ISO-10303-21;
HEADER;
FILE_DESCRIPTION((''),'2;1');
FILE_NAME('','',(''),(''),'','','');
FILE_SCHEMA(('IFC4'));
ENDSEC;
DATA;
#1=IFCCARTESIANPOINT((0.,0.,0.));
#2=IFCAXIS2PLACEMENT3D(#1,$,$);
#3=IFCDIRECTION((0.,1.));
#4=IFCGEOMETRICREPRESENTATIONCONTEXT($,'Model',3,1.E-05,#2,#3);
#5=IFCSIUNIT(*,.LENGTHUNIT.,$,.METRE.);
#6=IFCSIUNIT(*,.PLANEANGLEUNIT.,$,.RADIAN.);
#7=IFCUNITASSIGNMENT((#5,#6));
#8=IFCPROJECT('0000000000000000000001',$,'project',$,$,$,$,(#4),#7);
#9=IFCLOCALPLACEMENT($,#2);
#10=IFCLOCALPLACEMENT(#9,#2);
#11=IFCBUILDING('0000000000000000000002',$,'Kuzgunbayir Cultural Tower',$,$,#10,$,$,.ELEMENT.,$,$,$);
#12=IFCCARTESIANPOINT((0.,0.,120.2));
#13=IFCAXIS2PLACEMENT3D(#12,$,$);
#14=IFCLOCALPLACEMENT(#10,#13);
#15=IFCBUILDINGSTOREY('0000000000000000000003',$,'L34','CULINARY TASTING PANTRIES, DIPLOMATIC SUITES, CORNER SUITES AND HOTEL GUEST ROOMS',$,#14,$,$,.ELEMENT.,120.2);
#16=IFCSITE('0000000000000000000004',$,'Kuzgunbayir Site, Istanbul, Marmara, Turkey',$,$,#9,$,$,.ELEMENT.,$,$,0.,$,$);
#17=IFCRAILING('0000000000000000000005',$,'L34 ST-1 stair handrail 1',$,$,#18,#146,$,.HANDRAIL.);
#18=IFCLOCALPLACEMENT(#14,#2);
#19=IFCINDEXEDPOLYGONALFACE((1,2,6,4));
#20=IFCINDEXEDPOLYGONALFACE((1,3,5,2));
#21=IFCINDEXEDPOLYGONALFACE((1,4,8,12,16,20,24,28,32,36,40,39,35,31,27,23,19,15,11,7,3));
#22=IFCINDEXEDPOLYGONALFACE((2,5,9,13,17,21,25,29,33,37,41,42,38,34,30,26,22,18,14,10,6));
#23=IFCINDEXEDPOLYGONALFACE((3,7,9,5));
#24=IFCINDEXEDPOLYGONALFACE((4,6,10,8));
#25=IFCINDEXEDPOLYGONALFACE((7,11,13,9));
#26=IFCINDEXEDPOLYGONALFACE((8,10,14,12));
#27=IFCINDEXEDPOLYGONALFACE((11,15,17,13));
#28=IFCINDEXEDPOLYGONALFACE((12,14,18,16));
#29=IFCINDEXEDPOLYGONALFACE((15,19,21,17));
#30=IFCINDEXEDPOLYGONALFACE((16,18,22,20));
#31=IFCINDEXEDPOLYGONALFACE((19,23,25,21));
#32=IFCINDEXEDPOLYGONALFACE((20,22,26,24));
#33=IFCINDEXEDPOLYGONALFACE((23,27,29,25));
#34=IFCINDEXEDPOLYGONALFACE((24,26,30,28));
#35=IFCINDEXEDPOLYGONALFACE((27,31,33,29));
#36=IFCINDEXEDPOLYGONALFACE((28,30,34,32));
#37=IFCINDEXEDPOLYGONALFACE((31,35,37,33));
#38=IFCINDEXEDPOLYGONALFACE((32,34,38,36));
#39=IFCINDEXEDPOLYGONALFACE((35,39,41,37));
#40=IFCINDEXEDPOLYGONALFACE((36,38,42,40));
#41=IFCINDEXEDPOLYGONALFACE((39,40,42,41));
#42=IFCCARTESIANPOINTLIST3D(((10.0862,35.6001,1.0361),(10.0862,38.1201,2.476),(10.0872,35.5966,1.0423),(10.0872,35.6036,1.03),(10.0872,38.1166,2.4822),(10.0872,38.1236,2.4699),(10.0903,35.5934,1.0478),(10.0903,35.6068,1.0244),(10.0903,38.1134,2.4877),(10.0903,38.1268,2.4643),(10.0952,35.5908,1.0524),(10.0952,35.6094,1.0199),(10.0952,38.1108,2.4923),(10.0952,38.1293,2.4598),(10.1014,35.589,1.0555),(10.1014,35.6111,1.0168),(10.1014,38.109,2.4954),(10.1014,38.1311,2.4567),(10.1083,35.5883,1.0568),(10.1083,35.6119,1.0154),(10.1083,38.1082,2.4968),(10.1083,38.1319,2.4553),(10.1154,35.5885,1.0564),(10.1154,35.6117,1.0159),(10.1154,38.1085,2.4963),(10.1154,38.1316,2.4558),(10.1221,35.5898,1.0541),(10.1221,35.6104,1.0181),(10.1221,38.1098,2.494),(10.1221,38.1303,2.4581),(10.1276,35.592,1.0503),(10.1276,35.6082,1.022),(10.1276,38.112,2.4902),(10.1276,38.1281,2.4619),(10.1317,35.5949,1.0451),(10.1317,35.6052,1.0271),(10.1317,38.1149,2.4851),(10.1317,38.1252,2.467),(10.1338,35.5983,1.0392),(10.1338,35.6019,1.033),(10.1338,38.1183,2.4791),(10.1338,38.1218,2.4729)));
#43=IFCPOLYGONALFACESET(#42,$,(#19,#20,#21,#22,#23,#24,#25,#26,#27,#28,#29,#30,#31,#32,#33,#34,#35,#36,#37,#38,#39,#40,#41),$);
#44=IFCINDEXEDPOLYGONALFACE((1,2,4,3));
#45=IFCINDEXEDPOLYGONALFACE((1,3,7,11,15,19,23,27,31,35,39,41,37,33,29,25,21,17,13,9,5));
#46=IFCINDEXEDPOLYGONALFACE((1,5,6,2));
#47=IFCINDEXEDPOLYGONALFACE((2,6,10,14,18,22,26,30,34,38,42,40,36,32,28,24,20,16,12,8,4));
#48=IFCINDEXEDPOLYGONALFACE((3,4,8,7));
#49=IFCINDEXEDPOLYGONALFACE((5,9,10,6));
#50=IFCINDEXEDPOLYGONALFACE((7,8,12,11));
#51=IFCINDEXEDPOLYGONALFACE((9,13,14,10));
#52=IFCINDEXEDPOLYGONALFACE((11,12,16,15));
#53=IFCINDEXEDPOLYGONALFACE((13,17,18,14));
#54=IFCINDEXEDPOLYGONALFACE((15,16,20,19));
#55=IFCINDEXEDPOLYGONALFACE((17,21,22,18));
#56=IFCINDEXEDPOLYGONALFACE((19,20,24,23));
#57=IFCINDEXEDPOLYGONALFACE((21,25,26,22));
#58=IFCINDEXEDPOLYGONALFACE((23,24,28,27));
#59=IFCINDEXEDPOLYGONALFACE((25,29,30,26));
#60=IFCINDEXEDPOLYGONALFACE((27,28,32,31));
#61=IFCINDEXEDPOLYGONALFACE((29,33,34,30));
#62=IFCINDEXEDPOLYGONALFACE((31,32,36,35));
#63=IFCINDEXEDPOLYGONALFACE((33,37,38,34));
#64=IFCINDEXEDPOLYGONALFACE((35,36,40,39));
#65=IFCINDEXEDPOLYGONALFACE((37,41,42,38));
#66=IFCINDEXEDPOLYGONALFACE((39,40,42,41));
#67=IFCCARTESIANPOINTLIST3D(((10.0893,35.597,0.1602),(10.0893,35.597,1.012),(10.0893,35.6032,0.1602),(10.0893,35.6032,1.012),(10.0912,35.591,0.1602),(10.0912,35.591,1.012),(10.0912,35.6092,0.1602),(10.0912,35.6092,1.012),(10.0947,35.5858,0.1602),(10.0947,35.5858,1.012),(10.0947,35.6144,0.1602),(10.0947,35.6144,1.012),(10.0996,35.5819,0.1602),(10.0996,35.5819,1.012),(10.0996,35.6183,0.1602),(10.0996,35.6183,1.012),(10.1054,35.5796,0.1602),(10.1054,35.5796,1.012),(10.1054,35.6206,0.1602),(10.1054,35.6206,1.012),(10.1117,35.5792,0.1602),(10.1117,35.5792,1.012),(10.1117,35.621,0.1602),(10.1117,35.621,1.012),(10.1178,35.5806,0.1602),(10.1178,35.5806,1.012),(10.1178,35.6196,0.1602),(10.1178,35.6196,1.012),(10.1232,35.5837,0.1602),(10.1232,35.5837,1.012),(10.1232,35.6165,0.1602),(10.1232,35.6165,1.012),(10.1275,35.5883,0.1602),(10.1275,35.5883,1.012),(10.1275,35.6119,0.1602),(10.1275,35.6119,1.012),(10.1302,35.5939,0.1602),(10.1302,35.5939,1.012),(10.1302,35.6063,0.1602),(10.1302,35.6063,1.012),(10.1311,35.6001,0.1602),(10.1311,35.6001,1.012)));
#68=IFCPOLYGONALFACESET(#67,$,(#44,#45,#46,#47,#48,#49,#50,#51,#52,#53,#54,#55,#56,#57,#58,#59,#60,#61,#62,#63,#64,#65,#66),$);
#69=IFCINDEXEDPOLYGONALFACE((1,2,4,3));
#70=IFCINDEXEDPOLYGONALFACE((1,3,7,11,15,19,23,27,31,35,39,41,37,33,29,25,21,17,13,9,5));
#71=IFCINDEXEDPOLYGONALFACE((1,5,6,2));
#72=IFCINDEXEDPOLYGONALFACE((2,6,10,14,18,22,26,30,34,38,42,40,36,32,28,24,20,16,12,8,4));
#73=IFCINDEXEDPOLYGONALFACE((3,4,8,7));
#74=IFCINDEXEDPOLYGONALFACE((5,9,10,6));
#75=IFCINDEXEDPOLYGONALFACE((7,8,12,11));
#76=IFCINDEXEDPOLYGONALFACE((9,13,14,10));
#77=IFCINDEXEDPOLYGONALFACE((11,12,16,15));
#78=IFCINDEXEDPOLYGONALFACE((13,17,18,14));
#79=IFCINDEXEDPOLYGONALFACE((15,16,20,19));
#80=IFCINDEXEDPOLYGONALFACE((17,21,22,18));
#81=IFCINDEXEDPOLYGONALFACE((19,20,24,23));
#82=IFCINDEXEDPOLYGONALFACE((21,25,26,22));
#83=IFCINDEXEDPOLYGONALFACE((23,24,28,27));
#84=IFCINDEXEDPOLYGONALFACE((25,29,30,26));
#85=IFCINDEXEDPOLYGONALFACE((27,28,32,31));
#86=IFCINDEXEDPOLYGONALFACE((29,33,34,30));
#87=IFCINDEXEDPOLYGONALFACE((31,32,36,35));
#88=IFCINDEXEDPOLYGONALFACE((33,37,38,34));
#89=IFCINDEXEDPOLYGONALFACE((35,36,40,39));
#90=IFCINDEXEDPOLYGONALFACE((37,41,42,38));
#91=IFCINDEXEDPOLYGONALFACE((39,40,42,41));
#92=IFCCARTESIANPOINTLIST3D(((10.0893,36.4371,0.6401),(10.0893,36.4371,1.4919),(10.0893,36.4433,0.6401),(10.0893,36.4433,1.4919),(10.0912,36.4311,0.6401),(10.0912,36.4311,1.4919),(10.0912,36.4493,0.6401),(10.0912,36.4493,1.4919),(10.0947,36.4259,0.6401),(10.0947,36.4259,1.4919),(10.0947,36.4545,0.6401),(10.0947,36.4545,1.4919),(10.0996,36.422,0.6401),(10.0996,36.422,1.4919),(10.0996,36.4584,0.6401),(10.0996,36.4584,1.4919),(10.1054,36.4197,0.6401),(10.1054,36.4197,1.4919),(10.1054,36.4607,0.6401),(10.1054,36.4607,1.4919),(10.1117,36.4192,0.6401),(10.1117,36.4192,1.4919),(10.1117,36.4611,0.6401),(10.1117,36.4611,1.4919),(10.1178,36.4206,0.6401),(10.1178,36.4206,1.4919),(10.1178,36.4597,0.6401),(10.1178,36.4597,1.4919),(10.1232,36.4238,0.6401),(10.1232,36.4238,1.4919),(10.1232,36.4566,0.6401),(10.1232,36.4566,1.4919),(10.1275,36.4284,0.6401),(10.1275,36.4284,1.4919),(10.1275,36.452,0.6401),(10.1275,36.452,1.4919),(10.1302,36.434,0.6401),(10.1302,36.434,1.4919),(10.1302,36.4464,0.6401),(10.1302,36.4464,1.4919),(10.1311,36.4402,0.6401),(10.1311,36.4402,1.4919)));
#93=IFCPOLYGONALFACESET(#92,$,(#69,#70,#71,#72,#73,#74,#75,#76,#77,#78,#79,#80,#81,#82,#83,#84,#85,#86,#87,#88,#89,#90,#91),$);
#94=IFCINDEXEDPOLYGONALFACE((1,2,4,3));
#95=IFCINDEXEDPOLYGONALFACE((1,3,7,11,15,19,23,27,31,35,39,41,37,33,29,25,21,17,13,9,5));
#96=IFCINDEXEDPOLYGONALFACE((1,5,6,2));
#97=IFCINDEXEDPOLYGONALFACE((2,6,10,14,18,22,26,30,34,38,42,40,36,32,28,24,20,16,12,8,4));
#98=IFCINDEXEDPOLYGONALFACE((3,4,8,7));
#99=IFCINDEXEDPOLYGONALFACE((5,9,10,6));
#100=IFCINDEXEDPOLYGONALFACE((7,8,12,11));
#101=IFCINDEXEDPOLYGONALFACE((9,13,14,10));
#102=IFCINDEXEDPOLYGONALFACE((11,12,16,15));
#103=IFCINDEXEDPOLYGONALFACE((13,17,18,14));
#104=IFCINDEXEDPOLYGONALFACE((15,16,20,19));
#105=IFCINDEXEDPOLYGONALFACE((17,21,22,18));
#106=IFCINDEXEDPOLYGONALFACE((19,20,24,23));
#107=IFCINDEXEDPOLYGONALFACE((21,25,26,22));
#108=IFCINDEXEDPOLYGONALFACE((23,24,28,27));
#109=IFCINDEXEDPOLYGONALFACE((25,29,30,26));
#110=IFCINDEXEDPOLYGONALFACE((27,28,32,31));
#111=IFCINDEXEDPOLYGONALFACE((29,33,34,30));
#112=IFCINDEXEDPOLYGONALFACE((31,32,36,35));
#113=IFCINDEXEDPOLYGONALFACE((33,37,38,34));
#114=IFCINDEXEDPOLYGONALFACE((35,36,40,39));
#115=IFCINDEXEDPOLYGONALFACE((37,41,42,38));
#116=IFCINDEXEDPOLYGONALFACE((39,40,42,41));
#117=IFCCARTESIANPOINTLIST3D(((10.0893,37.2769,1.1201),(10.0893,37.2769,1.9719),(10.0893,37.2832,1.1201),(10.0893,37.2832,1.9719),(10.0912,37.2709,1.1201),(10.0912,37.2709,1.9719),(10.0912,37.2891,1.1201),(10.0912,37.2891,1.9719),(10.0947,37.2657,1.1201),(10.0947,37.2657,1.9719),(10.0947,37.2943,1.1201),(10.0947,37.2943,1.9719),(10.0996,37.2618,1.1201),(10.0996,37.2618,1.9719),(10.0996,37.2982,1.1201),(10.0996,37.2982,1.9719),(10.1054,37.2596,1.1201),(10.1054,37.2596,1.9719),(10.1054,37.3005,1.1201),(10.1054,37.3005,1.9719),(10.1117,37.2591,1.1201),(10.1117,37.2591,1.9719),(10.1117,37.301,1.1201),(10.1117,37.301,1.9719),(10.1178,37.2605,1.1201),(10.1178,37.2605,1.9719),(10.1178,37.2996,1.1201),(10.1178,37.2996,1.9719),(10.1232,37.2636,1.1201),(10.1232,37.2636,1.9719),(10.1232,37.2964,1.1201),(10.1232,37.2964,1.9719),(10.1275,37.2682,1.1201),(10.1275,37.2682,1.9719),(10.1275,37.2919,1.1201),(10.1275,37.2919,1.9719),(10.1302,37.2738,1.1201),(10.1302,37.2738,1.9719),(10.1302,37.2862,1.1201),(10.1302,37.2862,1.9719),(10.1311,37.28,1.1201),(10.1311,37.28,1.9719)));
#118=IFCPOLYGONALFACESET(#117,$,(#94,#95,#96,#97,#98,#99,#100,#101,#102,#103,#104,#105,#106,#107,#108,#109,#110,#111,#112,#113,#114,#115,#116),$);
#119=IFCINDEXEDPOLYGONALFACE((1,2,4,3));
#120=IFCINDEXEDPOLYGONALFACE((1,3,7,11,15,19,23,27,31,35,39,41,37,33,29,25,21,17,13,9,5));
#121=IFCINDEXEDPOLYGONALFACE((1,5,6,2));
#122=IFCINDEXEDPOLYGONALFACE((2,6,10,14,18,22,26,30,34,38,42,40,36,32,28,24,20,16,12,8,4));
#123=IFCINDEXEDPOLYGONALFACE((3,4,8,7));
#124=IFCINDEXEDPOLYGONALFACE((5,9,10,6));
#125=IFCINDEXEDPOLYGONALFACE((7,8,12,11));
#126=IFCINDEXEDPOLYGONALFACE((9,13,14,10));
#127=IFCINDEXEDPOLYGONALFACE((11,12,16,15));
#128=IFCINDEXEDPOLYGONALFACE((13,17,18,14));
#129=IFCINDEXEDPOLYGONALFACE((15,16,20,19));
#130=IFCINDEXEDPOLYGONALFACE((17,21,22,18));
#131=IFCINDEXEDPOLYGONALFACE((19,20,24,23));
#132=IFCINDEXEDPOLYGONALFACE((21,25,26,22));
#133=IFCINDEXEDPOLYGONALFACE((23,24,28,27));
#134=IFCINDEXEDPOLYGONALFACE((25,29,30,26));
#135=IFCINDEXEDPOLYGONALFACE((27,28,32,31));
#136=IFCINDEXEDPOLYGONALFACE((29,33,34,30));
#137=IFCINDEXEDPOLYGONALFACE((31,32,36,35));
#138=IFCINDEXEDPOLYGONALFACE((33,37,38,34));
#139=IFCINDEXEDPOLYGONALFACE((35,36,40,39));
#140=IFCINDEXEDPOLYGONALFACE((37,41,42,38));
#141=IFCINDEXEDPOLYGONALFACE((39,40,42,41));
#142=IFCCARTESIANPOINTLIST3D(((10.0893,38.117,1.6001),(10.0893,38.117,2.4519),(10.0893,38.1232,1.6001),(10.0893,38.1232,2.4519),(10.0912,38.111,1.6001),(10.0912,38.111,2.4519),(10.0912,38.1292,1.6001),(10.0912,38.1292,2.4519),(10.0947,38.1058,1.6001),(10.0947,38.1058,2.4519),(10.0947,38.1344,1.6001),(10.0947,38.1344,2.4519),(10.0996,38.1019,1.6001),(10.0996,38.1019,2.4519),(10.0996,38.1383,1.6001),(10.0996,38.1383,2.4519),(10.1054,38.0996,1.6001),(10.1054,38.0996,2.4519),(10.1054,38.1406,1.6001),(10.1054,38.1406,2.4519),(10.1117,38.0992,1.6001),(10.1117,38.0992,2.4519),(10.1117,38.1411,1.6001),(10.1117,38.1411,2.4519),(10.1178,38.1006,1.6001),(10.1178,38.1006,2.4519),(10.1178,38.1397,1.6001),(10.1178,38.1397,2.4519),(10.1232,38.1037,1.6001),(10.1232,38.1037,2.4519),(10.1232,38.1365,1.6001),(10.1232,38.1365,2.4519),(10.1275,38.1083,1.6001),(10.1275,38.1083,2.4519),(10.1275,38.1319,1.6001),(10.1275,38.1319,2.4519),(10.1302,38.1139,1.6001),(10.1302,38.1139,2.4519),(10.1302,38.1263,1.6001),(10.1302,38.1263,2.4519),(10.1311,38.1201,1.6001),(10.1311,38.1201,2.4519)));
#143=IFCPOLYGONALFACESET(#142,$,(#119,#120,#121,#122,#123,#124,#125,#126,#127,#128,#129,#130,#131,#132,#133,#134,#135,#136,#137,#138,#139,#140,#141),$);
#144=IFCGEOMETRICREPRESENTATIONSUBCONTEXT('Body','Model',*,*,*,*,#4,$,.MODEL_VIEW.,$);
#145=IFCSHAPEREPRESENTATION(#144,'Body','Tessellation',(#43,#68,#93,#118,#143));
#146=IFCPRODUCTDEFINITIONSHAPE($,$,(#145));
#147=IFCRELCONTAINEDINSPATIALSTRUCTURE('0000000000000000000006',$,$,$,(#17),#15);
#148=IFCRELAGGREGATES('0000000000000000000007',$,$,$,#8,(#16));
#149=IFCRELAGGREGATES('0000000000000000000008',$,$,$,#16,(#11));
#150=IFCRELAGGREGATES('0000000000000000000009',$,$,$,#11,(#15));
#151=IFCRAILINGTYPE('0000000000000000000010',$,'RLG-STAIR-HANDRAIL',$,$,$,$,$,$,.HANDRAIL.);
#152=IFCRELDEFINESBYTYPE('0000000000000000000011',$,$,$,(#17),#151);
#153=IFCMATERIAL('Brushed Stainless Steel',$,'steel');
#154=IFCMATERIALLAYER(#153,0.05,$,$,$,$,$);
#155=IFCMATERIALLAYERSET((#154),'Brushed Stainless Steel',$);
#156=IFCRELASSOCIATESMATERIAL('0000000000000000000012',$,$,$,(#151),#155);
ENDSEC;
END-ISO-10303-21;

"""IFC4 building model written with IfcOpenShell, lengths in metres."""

from ifc_helpers import new_model, si_unit, direction, frame, origin, origin_2d, place, context, subcontext, project, spatial, circle, extrude, material, layer, layer_set, type_object, element, save


model = new_model("IFC4")

# Units and contexts
model_context = context("Model", 3, precision=1e-05, world=origin(), true_north=direction((0.0, 1.0)))
body_context = subcontext(model_context, "Body", "Model", "MODEL_VIEW")
ifc_project = project(units=[si_unit("LENGTHUNIT", "METRE"), si_unit("PLANEANGLEUNIT", "RADIAN")], contexts=[model_context])

# Site, building, storey
site_placement = place(None, origin())
site = spatial("IfcSite", under=ifc_project, at=site_placement, Name="Kuzgunbayir Site, Istanbul, Marmara, Turkey", CompositionType="ELEMENT", RefElevation=0.0)
building_placement = place(site_placement, origin())
building = spatial("IfcBuilding", under=site, at=building_placement, Name="Kuzgunbayir Cultural Tower", CompositionType="ELEMENT")
storey_placement = place(building_placement, frame((0.0, 0.0, 120.2)))
storey = spatial("IfcBuildingStorey", under=building, at=storey_placement, Name="L34", Description="CULINARY TASTING PANTRIES, DIPLOMATIC SUITES, CORNER SUITES AND HOTEL GUEST ROOMS", CompositionType="ELEMENT", Elevation=120.2)

# Shared definitions
ifc_material_1 = material(Name="Brushed Stainless Steel", Category="steel")

# Railing
ifc_layer_1 = layer(ifc_material_1, 0.05)
ifc_layer_set_1 = layer_set([ifc_layer_1], Name="Brushed Stainless Steel")
railing_type_1 = type_object("IfcRailingType", Name="RLG-STAIR-HANDRAIL", PredefinedType="HANDRAIL", material=ifc_layer_set_1)
railing_1_placement = place(storey_placement, frame((10.1101, 35.6001, 0.1602)))
element("IfcRailing", 1, at=railing_1_placement, inside=storey, type_object=railing_type_1, Name="L34 ST-1 stair handrail 1", PredefinedType="HANDRAIL", context=body_context, shape_type="SweptSolid", body=[
    extrude(circle(Radius=0.0239, at=origin_2d()), frame((0.0, 0.0, 0.876), z_axis=(0.0, 0.868253, 0.496121), x_axis=(-1.0, 0.0, 0.0)), (0.0, 0.0, 1.0), 2.9023),
    extrude(circle(Radius=0.021, at=origin_2d()), origin(), (0.0, 0.0, 1.0), 0.8518),
    extrude(circle(Radius=0.021, at=origin_2d()), frame((0.0, 0.8401, 0.48)), (0.0, 0.0, 1.0), 0.8518),
    extrude(circle(Radius=0.021, at=origin_2d()), frame((0.0, 1.6799, 0.96)), (0.0, 0.0, 1.0), 0.8518),
    extrude(circle(Radius=0.021, at=origin_2d()), frame((0.0, 2.52, 1.4399)), (0.0, 0.0, 1.0), 0.8518),
])

save(model, "model.ifc")
